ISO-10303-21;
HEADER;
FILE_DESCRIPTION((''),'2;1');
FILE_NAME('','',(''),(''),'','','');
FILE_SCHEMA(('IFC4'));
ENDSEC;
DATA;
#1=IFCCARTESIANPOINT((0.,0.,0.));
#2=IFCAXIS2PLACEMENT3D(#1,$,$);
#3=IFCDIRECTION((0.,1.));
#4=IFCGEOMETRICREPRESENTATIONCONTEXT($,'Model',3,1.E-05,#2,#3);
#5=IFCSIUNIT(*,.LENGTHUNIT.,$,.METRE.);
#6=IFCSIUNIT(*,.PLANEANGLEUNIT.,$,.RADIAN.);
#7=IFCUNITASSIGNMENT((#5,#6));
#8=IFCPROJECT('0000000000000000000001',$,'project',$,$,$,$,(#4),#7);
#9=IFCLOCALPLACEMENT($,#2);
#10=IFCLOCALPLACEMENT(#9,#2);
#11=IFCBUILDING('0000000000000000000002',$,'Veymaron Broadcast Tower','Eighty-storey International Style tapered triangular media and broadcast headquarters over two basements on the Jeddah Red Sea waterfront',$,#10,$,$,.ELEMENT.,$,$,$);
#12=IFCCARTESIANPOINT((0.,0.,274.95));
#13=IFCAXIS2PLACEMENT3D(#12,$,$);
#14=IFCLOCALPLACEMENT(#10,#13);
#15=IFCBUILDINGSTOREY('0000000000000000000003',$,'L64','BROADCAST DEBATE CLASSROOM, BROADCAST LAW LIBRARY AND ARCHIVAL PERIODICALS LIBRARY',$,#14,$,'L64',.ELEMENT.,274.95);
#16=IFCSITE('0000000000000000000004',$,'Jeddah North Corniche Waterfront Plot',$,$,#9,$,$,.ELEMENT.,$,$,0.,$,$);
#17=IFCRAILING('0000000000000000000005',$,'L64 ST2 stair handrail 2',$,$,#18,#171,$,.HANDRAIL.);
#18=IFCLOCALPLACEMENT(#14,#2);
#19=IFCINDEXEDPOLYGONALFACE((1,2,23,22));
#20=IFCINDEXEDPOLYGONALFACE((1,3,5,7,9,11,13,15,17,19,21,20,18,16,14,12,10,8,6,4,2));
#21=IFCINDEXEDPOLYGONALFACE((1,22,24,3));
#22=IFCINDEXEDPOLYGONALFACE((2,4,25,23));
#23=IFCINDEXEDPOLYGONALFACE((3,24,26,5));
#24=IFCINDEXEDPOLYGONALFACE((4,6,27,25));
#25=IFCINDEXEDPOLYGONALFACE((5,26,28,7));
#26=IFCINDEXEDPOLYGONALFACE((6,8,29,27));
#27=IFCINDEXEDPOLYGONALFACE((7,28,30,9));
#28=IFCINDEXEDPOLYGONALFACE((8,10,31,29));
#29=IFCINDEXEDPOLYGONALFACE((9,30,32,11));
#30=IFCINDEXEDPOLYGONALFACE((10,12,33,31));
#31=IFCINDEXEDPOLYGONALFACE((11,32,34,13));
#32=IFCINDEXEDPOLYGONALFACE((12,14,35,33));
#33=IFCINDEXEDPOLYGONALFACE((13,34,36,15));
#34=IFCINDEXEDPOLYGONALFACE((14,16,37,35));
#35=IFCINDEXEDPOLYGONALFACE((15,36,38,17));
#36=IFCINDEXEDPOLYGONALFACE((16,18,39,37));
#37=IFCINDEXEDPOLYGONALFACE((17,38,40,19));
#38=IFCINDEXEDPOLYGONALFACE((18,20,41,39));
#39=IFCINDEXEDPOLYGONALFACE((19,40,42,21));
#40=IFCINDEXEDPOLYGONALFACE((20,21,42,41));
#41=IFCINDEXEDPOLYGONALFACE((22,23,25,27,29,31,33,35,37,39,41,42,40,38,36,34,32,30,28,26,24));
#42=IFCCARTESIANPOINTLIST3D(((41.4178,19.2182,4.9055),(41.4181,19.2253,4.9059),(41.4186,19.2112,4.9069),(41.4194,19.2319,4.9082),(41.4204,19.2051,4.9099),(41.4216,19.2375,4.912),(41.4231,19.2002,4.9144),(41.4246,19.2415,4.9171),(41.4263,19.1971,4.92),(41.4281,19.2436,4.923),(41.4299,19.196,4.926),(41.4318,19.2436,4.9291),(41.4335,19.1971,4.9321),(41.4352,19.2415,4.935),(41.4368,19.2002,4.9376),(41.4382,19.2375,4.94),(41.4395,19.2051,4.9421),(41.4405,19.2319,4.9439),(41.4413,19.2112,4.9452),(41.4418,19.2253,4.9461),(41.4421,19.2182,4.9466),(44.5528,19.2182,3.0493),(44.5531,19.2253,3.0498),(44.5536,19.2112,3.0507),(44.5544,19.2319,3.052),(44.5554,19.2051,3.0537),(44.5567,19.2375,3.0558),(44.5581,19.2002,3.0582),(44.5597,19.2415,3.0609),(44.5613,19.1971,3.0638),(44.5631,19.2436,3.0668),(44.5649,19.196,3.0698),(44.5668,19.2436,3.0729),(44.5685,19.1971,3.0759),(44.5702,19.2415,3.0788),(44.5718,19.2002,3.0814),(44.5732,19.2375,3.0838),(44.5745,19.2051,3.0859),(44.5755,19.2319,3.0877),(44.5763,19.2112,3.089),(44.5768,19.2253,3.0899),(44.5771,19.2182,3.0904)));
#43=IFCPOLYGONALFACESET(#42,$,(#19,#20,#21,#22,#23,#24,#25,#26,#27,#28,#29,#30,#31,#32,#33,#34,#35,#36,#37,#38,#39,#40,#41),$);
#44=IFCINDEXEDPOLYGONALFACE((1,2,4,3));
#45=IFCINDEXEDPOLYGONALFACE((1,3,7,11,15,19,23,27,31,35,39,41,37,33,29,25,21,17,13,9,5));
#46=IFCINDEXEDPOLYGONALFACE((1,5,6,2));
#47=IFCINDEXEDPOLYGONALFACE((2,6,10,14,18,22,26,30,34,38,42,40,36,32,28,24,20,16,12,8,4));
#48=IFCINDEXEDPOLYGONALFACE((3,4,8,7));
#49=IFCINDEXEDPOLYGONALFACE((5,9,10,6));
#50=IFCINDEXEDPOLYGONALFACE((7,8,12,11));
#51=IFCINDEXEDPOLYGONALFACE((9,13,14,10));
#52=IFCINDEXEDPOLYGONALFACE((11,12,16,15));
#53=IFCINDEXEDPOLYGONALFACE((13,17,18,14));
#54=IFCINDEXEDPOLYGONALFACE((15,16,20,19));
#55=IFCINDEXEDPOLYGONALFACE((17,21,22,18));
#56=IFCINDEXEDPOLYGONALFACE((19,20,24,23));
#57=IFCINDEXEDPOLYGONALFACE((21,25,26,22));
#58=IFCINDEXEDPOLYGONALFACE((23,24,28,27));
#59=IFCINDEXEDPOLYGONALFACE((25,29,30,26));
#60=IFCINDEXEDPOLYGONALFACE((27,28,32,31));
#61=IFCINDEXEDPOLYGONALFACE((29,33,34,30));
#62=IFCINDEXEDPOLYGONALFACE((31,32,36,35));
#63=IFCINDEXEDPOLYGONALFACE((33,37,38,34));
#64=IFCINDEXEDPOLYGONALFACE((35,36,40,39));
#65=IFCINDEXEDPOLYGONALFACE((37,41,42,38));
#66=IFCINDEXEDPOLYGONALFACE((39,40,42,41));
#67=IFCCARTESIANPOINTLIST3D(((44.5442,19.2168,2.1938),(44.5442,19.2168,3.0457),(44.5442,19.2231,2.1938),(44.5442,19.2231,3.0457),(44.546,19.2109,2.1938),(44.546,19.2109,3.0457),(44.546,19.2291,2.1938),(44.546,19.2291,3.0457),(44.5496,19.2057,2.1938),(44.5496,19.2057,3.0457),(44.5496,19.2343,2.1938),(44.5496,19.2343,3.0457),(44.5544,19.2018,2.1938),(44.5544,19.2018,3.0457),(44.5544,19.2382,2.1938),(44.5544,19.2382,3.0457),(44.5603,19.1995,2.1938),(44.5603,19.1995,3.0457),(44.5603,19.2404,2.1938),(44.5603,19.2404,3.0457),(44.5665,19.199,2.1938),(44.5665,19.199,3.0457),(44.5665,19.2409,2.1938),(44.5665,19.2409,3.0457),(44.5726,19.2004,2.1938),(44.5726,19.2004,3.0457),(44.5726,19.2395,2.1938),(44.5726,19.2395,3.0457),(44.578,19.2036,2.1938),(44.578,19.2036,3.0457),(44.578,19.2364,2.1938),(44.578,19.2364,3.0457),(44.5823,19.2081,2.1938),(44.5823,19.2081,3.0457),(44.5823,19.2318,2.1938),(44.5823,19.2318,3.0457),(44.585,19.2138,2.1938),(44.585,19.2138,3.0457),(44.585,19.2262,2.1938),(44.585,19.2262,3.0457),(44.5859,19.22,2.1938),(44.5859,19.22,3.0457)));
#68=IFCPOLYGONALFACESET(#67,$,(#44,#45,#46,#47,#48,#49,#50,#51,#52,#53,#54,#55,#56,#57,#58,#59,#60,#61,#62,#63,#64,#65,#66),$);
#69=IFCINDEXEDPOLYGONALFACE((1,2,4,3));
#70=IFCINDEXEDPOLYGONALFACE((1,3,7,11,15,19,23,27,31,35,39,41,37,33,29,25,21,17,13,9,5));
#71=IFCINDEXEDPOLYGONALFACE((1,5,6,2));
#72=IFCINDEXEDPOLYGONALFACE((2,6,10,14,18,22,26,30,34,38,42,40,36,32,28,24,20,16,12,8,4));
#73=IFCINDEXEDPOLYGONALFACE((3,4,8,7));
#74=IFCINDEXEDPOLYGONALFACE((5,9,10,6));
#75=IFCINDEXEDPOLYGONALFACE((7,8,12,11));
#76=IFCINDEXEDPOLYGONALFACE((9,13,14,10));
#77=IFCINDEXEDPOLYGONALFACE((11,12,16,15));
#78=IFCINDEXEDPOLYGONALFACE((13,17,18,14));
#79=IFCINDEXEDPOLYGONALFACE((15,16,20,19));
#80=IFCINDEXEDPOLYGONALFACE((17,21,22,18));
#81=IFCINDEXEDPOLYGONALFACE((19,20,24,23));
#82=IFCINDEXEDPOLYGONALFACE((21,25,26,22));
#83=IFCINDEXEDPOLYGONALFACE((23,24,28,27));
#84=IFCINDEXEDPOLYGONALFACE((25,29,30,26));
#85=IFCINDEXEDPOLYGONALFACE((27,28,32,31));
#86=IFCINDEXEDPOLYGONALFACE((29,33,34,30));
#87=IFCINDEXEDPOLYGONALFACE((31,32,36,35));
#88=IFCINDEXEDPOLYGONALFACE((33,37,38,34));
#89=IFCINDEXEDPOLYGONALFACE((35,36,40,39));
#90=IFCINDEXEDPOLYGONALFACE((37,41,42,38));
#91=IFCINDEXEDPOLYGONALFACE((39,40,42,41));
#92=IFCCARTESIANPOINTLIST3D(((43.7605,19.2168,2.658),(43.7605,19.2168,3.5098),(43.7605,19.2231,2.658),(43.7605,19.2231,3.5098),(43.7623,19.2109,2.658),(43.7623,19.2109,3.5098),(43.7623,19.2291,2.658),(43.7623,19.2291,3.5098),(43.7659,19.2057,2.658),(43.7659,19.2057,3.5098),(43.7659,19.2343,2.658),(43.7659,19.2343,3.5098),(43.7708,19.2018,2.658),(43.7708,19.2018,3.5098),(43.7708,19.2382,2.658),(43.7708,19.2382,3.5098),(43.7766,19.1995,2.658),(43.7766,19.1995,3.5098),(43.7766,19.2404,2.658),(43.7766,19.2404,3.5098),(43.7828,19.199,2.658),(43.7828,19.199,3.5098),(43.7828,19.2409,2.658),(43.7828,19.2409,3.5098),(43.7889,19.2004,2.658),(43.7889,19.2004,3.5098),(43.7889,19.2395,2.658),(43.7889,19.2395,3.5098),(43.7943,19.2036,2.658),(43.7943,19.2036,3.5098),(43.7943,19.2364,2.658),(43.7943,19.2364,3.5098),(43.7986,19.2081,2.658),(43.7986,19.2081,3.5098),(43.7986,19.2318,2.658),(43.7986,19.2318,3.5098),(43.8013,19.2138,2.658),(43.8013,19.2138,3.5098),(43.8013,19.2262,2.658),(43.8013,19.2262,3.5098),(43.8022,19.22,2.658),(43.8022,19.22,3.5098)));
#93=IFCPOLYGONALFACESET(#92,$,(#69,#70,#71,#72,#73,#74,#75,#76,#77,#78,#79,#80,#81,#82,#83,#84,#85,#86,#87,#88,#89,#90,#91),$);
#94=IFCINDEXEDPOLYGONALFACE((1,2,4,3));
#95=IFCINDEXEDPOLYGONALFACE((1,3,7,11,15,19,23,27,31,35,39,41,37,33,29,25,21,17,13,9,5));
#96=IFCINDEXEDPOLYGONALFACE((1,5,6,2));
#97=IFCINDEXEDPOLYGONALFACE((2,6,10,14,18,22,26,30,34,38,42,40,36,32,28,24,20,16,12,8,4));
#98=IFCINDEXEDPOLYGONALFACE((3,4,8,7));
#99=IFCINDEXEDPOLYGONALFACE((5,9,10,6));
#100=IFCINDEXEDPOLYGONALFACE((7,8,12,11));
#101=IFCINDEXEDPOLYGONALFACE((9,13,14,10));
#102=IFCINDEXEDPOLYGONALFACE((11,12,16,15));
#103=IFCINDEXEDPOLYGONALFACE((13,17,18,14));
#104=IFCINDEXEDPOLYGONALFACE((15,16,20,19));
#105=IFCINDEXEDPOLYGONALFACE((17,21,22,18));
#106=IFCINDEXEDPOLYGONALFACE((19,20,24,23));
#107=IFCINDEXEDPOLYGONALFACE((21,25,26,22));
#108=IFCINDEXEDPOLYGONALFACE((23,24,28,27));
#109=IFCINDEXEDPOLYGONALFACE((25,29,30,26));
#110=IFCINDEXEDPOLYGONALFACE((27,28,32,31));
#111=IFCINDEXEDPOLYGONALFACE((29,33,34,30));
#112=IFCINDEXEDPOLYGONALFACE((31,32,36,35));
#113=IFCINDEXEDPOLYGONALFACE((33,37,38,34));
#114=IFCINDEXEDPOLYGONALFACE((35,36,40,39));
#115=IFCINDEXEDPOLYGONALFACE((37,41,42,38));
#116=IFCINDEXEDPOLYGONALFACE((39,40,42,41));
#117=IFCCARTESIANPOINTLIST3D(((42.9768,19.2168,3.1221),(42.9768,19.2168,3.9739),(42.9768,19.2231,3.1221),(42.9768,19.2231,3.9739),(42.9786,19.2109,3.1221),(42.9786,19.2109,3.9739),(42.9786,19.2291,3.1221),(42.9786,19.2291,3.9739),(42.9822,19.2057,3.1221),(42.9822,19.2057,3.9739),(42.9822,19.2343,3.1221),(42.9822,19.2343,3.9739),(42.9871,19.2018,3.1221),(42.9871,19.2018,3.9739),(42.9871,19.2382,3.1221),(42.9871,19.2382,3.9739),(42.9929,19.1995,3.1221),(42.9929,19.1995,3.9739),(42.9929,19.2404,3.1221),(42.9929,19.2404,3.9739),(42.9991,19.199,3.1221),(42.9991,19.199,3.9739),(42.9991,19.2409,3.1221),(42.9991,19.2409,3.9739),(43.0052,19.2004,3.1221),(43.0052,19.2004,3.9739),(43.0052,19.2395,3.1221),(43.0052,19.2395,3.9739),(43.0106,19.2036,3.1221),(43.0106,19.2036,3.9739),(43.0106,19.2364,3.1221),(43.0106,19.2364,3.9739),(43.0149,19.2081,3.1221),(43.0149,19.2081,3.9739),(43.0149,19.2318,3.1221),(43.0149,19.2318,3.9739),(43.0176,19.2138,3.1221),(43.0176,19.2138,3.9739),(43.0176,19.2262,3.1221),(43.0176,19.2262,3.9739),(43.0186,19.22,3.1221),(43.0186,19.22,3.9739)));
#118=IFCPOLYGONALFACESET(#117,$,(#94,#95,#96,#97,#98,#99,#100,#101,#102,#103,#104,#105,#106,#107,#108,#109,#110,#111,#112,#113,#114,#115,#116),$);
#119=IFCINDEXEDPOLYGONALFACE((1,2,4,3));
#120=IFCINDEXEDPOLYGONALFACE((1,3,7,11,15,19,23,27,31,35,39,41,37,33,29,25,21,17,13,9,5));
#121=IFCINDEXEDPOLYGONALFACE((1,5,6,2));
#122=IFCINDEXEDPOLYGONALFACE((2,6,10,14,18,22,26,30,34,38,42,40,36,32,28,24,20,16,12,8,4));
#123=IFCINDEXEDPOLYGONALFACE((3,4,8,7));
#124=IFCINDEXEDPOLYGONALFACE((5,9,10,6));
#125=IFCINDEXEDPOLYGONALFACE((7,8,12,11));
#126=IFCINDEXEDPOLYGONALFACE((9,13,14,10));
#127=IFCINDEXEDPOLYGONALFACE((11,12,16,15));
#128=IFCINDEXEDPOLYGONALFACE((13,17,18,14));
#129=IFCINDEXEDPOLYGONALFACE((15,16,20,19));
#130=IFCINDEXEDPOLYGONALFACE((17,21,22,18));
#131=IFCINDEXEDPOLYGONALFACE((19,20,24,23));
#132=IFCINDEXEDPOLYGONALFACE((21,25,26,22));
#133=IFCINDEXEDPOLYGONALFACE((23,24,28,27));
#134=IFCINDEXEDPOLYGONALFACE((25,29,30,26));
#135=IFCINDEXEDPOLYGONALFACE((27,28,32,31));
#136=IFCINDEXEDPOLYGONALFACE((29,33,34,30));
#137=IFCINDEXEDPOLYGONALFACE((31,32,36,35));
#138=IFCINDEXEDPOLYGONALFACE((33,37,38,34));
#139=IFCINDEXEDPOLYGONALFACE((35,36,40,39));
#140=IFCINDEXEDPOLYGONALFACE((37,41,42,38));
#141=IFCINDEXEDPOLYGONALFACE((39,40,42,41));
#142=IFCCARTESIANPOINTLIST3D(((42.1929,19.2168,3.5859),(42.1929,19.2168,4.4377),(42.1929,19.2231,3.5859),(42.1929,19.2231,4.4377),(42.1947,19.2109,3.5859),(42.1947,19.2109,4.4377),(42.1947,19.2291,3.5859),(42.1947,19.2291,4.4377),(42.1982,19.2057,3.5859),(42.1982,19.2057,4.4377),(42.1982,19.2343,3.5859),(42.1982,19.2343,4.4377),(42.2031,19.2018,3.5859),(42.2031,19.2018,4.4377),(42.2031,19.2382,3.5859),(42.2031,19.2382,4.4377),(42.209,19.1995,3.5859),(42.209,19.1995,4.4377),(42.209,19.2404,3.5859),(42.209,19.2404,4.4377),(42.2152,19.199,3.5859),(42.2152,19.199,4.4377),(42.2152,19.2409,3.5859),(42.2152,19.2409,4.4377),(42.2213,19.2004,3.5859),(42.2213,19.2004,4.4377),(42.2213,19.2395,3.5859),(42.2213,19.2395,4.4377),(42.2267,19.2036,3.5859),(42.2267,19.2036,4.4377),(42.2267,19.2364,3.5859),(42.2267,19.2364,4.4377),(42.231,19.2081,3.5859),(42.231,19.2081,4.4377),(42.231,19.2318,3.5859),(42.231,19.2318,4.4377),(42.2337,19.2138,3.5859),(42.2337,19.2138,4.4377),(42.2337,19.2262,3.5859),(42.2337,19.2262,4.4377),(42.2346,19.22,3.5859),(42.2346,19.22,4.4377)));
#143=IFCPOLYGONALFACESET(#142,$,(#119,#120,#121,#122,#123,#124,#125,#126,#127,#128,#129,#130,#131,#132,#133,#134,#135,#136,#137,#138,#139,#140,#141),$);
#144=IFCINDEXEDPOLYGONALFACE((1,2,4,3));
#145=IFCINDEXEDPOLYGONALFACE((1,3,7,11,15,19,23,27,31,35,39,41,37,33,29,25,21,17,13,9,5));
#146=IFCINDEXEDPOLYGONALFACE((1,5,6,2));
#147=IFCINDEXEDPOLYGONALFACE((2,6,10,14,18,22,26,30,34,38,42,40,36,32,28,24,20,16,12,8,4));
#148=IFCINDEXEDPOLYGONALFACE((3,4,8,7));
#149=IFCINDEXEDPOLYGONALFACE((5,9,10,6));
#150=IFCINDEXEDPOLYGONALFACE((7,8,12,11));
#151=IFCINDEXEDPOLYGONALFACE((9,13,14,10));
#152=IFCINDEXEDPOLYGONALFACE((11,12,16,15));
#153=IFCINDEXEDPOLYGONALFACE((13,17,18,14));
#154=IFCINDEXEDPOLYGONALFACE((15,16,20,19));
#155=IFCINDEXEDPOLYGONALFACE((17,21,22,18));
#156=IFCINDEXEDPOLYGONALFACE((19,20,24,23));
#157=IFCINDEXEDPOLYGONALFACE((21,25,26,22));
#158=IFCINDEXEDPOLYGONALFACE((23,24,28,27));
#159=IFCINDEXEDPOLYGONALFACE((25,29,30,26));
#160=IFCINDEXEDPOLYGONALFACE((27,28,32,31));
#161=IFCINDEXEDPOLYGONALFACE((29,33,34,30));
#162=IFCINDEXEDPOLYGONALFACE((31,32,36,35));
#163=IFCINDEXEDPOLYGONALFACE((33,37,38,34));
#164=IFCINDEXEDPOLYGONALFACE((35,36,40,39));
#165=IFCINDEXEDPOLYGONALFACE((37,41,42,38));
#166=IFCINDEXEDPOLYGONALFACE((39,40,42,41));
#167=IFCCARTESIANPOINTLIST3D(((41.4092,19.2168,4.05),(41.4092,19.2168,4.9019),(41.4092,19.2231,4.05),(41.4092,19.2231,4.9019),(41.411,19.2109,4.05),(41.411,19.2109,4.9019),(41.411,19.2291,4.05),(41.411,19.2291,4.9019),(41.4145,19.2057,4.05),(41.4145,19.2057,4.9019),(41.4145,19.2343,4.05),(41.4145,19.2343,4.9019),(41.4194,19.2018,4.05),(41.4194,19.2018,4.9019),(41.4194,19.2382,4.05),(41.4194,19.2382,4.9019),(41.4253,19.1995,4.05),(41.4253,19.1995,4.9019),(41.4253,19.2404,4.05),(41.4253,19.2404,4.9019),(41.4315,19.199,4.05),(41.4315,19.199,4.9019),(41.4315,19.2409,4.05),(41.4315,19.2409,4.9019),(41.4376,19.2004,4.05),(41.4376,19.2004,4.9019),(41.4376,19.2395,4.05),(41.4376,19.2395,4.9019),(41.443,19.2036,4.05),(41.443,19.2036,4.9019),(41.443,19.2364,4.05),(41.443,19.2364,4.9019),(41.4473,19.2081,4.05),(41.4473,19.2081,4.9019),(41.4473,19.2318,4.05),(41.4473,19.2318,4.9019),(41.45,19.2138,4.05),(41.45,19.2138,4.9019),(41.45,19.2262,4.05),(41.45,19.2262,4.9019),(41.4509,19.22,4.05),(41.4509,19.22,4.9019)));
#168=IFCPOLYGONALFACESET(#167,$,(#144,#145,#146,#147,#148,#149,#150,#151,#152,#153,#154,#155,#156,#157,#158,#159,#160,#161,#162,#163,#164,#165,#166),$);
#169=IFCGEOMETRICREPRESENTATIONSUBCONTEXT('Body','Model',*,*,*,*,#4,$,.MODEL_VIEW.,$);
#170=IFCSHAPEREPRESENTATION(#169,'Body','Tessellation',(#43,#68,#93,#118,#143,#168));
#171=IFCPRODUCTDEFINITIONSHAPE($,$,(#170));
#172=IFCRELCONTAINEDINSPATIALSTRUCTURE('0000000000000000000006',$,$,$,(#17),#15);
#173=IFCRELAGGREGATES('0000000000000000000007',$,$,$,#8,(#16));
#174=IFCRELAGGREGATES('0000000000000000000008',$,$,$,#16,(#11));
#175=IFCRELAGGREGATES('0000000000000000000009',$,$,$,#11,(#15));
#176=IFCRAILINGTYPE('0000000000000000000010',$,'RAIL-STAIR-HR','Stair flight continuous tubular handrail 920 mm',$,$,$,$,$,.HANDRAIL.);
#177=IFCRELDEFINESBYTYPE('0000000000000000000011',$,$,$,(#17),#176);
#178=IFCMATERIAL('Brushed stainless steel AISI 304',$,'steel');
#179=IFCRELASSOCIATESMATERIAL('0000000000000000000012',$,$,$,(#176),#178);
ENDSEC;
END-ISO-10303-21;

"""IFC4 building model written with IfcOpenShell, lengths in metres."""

from ifc_helpers import new_model, si_unit, direction, frame, origin, origin_2d, place, context, subcontext, project, spatial, circle, extrude, material, type_object, element, save


model = new_model("IFC4")

# Units and contexts
model_context = context("Model", 3, precision=1e-05, world=origin(), true_north=direction((0.0, 1.0)))
body_context = subcontext(model_context, "Body", "Model", "MODEL_VIEW")
ifc_project = project(units=[si_unit("LENGTHUNIT", "METRE"), si_unit("PLANEANGLEUNIT", "RADIAN")], contexts=[model_context])

# Site, building, storey
site_placement = place(None, origin())
site = spatial("IfcSite", under=ifc_project, at=site_placement, Name="Jeddah North Corniche Waterfront Plot", CompositionType="ELEMENT", RefElevation=0.0)
building_placement = place(site_placement, origin())
building = spatial("IfcBuilding", under=site, at=building_placement, Name="Veymaron Broadcast Tower", Description="Eighty-storey International Style tapered triangular media and broadcast headquarters over two basements on the Jeddah Red Sea waterfront", CompositionType="ELEMENT")
storey_placement = place(building_placement, frame((0.0, 0.0, 274.95)))
storey = spatial("IfcBuildingStorey", under=building, at=storey_placement, Name="L64", Description="BROADCAST DEBATE CLASSROOM, BROADCAST LAW LIBRARY AND ARCHIVAL PERIODICALS LIBRARY", LongName="L64", CompositionType="ELEMENT", Elevation=274.95)

# Railing
ifc_material_1 = material(Name="Brushed stainless steel AISI 304", Category="steel")
railing_type_1 = type_object("IfcRailingType", Name="RAIL-STAIR-HR", Description="Stair flight continuous tubular handrail 920 mm", PredefinedType="HANDRAIL", material=ifc_material_1)
railing_1_placement = place(storey_placement, frame((44.5649, 19.22, 2.1938)))
element("IfcRailing", 1, at=railing_1_placement, inside=storey, type_object=railing_type_1, Name="L64 ST2 stair handrail 2", PredefinedType="HANDRAIL", context=body_context, shape_type="SweptSolid", body=[
    extrude(circle(Radius=0.0239, at=origin_2d()), frame((0.0, 0.0, 0.876), z_axis=(-0.860482, 0.0, 0.509481), x_axis=(0.0, -1.0, 0.0)), (0.0, 0.0, 1.0), 3.6433),
    extrude(circle(Radius=0.021, at=origin_2d()), origin(), (0.0, 0.0, 1.0), 0.8518),
    extrude(circle(Radius=0.021, at=origin_2d()), frame((-0.7837, 0.0, 0.4641)), (0.0, 0.0, 1.0), 0.8518),
    extrude(circle(Radius=0.021, at=origin_2d()), frame((-1.5674, 0.0, 0.9282)), (0.0, 0.0, 1.0), 0.8518),
    extrude(circle(Radius=0.021, at=origin_2d()), frame((-2.3513, 0.0, 1.3921)), (0.0, 0.0, 1.0), 0.8518),
    extrude(circle(Radius=0.021, at=origin_2d()), frame((-3.135, 0.0, 1.8562)), (0.0, 0.0, 1.0), 0.8518),
])

save(model, "model.ifc")
